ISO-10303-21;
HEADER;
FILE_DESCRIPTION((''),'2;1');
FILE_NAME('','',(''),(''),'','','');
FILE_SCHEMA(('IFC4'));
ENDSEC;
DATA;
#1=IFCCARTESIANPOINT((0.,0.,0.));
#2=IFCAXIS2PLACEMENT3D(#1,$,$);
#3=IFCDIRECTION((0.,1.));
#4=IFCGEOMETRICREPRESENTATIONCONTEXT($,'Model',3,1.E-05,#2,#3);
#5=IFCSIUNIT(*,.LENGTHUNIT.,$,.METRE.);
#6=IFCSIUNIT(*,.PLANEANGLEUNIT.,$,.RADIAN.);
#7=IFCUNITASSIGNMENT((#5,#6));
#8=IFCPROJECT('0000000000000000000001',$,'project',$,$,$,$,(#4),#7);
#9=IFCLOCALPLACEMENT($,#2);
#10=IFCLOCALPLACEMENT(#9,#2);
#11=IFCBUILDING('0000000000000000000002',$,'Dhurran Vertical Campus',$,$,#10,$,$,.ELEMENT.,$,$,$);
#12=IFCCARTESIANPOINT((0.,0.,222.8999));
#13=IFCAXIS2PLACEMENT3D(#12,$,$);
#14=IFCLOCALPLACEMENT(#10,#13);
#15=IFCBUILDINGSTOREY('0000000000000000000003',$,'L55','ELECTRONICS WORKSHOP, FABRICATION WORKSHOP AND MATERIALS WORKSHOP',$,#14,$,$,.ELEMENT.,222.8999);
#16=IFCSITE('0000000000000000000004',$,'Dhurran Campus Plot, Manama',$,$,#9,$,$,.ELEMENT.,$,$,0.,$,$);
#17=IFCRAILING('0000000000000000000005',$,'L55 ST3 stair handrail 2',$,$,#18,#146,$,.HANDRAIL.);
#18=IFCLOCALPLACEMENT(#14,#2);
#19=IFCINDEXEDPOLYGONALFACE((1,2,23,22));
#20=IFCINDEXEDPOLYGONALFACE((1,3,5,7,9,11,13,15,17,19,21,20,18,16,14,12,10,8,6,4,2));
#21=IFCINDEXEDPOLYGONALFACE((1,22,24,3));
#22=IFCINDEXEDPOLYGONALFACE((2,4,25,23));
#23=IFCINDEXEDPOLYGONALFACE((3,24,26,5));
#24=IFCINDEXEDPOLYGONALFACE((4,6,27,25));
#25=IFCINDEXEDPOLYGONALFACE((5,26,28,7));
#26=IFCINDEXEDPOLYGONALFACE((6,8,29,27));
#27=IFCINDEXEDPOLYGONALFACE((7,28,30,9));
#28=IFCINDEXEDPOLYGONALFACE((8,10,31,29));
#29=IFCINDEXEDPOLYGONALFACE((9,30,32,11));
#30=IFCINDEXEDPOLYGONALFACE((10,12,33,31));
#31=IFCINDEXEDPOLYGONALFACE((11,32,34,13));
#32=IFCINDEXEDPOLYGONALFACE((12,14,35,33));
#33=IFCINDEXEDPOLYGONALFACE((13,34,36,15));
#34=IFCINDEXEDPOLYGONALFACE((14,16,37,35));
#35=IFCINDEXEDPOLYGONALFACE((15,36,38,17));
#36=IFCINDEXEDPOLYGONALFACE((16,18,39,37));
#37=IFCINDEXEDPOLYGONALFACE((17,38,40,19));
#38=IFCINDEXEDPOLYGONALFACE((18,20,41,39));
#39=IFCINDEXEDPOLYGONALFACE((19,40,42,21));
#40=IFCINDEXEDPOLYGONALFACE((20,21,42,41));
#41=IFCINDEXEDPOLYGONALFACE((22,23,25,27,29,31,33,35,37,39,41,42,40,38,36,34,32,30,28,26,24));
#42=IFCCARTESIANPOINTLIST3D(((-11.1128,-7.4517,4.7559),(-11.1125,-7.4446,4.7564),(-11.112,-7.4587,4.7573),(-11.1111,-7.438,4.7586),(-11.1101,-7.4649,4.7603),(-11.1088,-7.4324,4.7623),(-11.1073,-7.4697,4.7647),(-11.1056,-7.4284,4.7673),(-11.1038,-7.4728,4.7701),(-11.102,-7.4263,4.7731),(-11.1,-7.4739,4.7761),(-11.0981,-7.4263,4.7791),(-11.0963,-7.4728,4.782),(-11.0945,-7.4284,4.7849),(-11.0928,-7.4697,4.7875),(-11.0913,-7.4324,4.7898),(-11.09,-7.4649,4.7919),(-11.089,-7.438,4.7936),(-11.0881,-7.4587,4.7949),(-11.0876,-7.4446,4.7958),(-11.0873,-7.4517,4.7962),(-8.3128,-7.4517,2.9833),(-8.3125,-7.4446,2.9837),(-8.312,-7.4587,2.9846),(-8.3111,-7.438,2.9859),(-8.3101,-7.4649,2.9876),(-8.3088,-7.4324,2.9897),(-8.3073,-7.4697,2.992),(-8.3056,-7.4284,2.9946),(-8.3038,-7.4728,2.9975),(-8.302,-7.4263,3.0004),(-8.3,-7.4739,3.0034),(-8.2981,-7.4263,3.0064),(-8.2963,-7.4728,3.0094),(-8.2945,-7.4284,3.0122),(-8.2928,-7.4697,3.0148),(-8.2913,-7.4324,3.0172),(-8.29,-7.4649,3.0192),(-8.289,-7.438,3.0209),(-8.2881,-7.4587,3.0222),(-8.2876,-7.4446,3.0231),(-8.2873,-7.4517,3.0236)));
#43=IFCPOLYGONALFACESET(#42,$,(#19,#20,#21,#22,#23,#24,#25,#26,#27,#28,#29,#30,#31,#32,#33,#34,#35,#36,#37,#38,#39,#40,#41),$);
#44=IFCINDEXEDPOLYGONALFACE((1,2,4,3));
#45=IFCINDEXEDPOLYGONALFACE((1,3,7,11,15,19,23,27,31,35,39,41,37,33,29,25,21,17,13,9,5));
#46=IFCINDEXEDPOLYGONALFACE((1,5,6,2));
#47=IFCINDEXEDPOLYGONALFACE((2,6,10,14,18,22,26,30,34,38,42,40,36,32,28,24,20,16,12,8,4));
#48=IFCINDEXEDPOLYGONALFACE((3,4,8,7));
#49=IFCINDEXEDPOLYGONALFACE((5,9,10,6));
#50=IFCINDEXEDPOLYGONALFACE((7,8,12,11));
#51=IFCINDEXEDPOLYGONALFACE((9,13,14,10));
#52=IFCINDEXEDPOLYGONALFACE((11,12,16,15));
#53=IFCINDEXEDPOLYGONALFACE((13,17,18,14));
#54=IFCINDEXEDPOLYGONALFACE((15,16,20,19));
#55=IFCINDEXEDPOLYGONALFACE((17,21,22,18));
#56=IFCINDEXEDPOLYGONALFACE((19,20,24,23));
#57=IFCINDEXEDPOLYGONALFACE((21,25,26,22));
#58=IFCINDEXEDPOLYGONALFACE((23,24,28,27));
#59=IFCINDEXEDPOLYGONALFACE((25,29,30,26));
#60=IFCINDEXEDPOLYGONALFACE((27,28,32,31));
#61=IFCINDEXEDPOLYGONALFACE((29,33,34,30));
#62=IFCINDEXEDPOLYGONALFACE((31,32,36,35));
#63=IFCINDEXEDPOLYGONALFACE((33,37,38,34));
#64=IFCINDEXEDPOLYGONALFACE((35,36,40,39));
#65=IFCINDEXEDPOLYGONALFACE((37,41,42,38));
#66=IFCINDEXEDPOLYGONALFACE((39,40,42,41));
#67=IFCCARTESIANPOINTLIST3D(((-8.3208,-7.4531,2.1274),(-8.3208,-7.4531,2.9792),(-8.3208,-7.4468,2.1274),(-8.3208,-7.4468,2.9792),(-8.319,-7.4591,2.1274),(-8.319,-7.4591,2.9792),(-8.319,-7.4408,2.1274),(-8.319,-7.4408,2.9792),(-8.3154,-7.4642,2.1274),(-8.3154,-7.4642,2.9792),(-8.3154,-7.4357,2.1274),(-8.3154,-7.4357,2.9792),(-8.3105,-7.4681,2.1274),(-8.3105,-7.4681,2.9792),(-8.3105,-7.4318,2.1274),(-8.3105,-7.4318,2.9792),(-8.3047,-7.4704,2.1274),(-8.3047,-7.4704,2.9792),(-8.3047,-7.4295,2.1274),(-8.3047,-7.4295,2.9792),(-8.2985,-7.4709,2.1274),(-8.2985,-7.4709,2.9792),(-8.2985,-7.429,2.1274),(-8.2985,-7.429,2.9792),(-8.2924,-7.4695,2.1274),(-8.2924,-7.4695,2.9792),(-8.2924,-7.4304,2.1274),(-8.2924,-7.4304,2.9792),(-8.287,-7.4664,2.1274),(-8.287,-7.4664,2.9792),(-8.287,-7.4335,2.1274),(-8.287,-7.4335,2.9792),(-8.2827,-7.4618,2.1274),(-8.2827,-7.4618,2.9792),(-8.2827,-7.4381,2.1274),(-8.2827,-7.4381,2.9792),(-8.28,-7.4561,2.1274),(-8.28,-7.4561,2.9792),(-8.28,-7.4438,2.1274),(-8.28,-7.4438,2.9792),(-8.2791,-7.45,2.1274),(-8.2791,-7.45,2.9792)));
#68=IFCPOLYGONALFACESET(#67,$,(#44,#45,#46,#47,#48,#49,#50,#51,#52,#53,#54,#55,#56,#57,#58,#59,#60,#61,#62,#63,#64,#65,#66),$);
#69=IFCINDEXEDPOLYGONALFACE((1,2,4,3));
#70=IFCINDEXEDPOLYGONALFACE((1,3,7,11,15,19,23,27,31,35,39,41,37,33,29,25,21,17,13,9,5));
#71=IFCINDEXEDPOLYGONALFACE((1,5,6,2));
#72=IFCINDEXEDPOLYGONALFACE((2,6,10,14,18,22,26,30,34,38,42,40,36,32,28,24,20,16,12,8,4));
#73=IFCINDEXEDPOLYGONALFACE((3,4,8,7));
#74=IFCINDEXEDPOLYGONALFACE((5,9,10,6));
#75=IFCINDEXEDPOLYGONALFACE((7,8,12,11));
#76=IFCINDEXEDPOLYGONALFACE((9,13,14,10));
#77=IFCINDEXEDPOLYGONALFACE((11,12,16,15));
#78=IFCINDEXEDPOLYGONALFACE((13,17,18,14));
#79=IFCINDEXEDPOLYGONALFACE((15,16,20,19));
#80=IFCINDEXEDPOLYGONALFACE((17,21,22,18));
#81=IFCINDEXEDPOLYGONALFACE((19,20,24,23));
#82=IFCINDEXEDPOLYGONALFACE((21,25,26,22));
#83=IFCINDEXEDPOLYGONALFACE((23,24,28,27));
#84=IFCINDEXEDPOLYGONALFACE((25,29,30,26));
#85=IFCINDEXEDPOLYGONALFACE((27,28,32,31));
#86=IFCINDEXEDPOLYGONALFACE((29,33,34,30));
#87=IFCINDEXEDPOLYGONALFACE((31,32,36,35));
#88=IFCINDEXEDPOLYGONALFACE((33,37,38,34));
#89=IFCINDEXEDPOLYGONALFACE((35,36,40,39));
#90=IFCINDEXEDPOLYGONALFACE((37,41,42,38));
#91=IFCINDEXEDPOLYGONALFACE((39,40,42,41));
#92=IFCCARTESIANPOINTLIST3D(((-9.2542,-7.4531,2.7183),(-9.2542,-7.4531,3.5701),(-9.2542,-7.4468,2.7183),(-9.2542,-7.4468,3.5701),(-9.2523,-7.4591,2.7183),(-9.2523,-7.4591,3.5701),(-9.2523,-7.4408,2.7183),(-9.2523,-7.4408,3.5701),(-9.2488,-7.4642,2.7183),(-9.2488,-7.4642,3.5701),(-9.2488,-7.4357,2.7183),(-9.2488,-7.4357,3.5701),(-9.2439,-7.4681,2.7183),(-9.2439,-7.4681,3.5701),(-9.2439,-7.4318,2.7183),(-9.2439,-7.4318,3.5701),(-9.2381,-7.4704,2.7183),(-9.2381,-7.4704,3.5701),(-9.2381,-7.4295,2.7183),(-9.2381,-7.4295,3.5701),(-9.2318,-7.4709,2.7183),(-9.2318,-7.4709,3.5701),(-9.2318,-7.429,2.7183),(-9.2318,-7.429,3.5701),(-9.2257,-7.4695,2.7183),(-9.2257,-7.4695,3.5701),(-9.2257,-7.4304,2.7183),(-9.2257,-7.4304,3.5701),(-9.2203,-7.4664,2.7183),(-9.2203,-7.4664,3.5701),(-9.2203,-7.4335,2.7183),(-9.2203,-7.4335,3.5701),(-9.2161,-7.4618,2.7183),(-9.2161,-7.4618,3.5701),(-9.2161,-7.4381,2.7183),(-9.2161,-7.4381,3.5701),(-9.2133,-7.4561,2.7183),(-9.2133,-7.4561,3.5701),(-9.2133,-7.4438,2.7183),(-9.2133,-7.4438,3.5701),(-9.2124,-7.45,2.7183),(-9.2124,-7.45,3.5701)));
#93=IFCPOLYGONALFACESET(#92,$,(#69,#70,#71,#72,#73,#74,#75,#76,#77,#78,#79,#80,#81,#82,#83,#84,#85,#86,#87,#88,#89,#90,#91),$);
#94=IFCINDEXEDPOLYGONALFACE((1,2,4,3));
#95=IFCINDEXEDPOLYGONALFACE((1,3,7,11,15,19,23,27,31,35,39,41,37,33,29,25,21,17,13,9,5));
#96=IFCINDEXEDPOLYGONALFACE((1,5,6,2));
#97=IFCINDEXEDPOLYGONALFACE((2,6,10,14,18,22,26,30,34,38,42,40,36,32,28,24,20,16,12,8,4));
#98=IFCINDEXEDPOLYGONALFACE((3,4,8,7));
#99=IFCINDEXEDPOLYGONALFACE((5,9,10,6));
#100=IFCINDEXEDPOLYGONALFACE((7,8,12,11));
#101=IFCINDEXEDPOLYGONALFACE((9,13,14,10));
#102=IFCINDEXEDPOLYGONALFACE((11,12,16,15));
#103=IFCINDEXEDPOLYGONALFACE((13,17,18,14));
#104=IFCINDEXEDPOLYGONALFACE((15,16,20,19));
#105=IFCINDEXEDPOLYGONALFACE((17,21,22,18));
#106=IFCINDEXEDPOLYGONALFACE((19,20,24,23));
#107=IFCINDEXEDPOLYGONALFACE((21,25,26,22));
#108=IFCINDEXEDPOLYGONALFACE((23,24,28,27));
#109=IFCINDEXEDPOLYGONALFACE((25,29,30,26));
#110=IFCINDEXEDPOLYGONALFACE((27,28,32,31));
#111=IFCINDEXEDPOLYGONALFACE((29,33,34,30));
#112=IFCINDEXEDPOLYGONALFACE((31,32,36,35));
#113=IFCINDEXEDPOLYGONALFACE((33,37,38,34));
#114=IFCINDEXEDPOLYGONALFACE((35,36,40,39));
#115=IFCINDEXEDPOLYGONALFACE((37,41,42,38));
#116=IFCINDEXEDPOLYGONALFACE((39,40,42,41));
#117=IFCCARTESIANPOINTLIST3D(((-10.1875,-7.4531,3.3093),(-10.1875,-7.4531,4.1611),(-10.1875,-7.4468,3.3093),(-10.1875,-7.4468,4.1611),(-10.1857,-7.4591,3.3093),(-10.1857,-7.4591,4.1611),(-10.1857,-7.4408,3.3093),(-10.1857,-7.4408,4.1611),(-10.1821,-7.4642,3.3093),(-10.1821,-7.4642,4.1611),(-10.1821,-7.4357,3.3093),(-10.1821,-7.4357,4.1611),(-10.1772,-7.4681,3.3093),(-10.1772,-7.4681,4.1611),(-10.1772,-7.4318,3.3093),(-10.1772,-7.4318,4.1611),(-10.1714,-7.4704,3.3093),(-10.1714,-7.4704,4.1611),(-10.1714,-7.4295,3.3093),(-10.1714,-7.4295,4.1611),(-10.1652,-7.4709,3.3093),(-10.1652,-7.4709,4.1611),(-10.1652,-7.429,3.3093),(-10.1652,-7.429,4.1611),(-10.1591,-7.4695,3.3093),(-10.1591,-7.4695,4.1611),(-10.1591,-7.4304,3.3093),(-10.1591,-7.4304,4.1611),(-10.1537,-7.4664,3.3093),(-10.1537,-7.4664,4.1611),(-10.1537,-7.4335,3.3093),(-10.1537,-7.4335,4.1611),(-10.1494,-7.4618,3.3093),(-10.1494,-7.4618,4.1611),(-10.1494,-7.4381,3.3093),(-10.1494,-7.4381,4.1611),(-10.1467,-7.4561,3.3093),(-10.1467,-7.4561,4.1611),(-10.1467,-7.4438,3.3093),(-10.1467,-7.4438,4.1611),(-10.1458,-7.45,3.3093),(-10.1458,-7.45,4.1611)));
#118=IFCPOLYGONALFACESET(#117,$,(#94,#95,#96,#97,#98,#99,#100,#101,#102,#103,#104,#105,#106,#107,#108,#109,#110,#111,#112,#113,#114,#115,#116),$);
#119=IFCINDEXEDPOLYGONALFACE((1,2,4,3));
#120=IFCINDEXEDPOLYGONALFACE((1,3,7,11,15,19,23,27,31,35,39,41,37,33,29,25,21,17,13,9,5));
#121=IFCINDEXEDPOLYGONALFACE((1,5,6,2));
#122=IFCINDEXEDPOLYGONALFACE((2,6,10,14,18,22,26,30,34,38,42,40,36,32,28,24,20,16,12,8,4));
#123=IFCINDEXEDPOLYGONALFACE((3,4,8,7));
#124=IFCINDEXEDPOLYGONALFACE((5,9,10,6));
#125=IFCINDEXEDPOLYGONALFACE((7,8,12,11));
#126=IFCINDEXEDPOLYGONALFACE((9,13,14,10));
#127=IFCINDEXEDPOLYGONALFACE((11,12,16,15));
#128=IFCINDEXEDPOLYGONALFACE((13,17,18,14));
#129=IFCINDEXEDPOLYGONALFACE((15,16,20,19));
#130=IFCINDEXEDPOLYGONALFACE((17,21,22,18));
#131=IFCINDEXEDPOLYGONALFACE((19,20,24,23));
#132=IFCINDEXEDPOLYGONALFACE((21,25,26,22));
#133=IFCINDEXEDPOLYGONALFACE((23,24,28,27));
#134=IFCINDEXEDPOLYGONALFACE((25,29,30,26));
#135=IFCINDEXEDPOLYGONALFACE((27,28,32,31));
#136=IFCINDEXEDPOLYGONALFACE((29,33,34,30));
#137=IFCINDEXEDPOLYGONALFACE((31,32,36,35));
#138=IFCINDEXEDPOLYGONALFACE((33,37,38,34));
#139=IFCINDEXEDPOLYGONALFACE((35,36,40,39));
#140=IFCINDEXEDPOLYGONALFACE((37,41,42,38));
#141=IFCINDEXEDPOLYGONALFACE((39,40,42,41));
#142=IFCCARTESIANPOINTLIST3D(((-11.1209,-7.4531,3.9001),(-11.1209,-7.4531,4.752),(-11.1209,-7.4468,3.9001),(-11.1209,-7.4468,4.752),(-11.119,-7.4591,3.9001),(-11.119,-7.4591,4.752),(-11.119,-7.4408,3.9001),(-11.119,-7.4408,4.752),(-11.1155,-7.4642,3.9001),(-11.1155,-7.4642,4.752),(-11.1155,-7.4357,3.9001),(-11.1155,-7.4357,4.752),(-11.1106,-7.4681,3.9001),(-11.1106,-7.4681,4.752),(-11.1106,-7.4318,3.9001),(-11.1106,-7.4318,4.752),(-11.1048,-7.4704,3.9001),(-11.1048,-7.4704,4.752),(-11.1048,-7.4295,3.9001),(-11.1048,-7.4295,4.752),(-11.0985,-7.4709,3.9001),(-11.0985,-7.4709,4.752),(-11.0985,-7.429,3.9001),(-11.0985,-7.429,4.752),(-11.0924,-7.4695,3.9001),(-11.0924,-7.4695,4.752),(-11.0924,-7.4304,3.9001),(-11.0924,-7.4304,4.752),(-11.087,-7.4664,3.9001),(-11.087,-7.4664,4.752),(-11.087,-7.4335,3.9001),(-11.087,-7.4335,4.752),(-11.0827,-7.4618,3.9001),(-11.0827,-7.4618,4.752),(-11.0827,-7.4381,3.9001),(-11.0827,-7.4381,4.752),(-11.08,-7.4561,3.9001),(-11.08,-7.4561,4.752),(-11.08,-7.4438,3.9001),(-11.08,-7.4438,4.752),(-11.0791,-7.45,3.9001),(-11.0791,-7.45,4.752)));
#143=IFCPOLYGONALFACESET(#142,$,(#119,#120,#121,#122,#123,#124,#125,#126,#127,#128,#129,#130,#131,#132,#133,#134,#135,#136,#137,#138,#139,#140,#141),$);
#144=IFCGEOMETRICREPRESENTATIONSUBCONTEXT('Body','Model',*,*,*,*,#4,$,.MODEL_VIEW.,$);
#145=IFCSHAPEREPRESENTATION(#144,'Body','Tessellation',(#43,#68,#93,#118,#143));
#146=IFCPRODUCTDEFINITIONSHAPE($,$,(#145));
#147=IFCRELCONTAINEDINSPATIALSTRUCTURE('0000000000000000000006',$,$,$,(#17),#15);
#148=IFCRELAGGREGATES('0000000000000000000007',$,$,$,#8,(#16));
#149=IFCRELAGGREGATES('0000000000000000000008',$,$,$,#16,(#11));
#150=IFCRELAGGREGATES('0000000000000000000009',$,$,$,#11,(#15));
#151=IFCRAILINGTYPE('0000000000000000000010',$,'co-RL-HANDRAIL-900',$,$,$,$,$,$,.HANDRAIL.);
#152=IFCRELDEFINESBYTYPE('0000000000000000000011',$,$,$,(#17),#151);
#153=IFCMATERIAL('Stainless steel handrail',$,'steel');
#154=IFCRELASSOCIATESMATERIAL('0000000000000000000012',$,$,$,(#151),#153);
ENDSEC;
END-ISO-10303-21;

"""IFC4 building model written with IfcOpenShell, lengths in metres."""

from ifc_helpers import new_model, si_unit, direction, frame, origin, origin_2d, place, context, subcontext, project, spatial, circle, extrude, material, type_object, element, save


model = new_model("IFC4")

# Units and contexts
model_context = context("Model", 3, precision=1e-05, world=origin(), true_north=direction((0.0, 1.0)))
body_context = subcontext(model_context, "Body", "Model", "MODEL_VIEW")
ifc_project = project(units=[si_unit("LENGTHUNIT", "METRE"), si_unit("PLANEANGLEUNIT", "RADIAN")], contexts=[model_context])

# Site, building, storey
site_placement = place(None, origin())
site = spatial("IfcSite", under=ifc_project, at=site_placement, Name="Dhurran Campus Plot, Manama", CompositionType="ELEMENT", RefElevation=0.0)
building_placement = place(site_placement, origin())
building = spatial("IfcBuilding", under=site, at=building_placement, Name="Dhurran Vertical Campus", CompositionType="ELEMENT")
storey_placement = place(building_placement, frame((0.0, 0.0, 222.8999)))
storey = spatial("IfcBuildingStorey", under=building, at=storey_placement, Name="L55", Description="ELECTRONICS WORKSHOP, FABRICATION WORKSHOP AND MATERIALS WORKSHOP", CompositionType="ELEMENT", Elevation=222.8999)

# Railing
ifc_material_1 = material(Name="Stainless steel handrail", Category="steel")
railing_type_1 = type_object("IfcRailingType", Name="co-RL-HANDRAIL-900", PredefinedType="HANDRAIL", material=ifc_material_1)
railing_1_placement = place(storey_placement, frame((-8.3, -7.45, 2.1274)))
element("IfcRailing", 1, at=railing_1_placement, inside=storey, type_object=railing_type_1, Name="L55 ST3 stair handrail 2", PredefinedType="HANDRAIL", context=body_context, shape_type="SweptSolid", body=[
    extrude(circle(Radius=0.0239, at=origin_2d()), frame((0.0, 0.0, 0.876), z_axis=(-0.844909, 0.0, 0.53491), x_axis=(0.0, -1.0, 0.0)), (0.0, 0.0, 1.0), 3.314),
    extrude(circle(Radius=0.021, at=origin_2d()), origin(), (0.0, 0.0, 1.0), 0.8518),
    extrude(circle(Radius=0.021, at=origin_2d()), frame((-0.9333, 0.0, 0.5908)), (0.0, 0.0, 1.0), 0.8518),
    extrude(circle(Radius=0.021, at=origin_2d()), frame((-1.8667, 0.0, 1.1819)), (0.0, 0.0, 1.0), 0.8518),
    extrude(circle(Radius=0.021, at=origin_2d()), frame((-2.8, 0.0, 1.7727)), (0.0, 0.0, 1.0), 0.8518),
])

save(model, "model.ifc")
